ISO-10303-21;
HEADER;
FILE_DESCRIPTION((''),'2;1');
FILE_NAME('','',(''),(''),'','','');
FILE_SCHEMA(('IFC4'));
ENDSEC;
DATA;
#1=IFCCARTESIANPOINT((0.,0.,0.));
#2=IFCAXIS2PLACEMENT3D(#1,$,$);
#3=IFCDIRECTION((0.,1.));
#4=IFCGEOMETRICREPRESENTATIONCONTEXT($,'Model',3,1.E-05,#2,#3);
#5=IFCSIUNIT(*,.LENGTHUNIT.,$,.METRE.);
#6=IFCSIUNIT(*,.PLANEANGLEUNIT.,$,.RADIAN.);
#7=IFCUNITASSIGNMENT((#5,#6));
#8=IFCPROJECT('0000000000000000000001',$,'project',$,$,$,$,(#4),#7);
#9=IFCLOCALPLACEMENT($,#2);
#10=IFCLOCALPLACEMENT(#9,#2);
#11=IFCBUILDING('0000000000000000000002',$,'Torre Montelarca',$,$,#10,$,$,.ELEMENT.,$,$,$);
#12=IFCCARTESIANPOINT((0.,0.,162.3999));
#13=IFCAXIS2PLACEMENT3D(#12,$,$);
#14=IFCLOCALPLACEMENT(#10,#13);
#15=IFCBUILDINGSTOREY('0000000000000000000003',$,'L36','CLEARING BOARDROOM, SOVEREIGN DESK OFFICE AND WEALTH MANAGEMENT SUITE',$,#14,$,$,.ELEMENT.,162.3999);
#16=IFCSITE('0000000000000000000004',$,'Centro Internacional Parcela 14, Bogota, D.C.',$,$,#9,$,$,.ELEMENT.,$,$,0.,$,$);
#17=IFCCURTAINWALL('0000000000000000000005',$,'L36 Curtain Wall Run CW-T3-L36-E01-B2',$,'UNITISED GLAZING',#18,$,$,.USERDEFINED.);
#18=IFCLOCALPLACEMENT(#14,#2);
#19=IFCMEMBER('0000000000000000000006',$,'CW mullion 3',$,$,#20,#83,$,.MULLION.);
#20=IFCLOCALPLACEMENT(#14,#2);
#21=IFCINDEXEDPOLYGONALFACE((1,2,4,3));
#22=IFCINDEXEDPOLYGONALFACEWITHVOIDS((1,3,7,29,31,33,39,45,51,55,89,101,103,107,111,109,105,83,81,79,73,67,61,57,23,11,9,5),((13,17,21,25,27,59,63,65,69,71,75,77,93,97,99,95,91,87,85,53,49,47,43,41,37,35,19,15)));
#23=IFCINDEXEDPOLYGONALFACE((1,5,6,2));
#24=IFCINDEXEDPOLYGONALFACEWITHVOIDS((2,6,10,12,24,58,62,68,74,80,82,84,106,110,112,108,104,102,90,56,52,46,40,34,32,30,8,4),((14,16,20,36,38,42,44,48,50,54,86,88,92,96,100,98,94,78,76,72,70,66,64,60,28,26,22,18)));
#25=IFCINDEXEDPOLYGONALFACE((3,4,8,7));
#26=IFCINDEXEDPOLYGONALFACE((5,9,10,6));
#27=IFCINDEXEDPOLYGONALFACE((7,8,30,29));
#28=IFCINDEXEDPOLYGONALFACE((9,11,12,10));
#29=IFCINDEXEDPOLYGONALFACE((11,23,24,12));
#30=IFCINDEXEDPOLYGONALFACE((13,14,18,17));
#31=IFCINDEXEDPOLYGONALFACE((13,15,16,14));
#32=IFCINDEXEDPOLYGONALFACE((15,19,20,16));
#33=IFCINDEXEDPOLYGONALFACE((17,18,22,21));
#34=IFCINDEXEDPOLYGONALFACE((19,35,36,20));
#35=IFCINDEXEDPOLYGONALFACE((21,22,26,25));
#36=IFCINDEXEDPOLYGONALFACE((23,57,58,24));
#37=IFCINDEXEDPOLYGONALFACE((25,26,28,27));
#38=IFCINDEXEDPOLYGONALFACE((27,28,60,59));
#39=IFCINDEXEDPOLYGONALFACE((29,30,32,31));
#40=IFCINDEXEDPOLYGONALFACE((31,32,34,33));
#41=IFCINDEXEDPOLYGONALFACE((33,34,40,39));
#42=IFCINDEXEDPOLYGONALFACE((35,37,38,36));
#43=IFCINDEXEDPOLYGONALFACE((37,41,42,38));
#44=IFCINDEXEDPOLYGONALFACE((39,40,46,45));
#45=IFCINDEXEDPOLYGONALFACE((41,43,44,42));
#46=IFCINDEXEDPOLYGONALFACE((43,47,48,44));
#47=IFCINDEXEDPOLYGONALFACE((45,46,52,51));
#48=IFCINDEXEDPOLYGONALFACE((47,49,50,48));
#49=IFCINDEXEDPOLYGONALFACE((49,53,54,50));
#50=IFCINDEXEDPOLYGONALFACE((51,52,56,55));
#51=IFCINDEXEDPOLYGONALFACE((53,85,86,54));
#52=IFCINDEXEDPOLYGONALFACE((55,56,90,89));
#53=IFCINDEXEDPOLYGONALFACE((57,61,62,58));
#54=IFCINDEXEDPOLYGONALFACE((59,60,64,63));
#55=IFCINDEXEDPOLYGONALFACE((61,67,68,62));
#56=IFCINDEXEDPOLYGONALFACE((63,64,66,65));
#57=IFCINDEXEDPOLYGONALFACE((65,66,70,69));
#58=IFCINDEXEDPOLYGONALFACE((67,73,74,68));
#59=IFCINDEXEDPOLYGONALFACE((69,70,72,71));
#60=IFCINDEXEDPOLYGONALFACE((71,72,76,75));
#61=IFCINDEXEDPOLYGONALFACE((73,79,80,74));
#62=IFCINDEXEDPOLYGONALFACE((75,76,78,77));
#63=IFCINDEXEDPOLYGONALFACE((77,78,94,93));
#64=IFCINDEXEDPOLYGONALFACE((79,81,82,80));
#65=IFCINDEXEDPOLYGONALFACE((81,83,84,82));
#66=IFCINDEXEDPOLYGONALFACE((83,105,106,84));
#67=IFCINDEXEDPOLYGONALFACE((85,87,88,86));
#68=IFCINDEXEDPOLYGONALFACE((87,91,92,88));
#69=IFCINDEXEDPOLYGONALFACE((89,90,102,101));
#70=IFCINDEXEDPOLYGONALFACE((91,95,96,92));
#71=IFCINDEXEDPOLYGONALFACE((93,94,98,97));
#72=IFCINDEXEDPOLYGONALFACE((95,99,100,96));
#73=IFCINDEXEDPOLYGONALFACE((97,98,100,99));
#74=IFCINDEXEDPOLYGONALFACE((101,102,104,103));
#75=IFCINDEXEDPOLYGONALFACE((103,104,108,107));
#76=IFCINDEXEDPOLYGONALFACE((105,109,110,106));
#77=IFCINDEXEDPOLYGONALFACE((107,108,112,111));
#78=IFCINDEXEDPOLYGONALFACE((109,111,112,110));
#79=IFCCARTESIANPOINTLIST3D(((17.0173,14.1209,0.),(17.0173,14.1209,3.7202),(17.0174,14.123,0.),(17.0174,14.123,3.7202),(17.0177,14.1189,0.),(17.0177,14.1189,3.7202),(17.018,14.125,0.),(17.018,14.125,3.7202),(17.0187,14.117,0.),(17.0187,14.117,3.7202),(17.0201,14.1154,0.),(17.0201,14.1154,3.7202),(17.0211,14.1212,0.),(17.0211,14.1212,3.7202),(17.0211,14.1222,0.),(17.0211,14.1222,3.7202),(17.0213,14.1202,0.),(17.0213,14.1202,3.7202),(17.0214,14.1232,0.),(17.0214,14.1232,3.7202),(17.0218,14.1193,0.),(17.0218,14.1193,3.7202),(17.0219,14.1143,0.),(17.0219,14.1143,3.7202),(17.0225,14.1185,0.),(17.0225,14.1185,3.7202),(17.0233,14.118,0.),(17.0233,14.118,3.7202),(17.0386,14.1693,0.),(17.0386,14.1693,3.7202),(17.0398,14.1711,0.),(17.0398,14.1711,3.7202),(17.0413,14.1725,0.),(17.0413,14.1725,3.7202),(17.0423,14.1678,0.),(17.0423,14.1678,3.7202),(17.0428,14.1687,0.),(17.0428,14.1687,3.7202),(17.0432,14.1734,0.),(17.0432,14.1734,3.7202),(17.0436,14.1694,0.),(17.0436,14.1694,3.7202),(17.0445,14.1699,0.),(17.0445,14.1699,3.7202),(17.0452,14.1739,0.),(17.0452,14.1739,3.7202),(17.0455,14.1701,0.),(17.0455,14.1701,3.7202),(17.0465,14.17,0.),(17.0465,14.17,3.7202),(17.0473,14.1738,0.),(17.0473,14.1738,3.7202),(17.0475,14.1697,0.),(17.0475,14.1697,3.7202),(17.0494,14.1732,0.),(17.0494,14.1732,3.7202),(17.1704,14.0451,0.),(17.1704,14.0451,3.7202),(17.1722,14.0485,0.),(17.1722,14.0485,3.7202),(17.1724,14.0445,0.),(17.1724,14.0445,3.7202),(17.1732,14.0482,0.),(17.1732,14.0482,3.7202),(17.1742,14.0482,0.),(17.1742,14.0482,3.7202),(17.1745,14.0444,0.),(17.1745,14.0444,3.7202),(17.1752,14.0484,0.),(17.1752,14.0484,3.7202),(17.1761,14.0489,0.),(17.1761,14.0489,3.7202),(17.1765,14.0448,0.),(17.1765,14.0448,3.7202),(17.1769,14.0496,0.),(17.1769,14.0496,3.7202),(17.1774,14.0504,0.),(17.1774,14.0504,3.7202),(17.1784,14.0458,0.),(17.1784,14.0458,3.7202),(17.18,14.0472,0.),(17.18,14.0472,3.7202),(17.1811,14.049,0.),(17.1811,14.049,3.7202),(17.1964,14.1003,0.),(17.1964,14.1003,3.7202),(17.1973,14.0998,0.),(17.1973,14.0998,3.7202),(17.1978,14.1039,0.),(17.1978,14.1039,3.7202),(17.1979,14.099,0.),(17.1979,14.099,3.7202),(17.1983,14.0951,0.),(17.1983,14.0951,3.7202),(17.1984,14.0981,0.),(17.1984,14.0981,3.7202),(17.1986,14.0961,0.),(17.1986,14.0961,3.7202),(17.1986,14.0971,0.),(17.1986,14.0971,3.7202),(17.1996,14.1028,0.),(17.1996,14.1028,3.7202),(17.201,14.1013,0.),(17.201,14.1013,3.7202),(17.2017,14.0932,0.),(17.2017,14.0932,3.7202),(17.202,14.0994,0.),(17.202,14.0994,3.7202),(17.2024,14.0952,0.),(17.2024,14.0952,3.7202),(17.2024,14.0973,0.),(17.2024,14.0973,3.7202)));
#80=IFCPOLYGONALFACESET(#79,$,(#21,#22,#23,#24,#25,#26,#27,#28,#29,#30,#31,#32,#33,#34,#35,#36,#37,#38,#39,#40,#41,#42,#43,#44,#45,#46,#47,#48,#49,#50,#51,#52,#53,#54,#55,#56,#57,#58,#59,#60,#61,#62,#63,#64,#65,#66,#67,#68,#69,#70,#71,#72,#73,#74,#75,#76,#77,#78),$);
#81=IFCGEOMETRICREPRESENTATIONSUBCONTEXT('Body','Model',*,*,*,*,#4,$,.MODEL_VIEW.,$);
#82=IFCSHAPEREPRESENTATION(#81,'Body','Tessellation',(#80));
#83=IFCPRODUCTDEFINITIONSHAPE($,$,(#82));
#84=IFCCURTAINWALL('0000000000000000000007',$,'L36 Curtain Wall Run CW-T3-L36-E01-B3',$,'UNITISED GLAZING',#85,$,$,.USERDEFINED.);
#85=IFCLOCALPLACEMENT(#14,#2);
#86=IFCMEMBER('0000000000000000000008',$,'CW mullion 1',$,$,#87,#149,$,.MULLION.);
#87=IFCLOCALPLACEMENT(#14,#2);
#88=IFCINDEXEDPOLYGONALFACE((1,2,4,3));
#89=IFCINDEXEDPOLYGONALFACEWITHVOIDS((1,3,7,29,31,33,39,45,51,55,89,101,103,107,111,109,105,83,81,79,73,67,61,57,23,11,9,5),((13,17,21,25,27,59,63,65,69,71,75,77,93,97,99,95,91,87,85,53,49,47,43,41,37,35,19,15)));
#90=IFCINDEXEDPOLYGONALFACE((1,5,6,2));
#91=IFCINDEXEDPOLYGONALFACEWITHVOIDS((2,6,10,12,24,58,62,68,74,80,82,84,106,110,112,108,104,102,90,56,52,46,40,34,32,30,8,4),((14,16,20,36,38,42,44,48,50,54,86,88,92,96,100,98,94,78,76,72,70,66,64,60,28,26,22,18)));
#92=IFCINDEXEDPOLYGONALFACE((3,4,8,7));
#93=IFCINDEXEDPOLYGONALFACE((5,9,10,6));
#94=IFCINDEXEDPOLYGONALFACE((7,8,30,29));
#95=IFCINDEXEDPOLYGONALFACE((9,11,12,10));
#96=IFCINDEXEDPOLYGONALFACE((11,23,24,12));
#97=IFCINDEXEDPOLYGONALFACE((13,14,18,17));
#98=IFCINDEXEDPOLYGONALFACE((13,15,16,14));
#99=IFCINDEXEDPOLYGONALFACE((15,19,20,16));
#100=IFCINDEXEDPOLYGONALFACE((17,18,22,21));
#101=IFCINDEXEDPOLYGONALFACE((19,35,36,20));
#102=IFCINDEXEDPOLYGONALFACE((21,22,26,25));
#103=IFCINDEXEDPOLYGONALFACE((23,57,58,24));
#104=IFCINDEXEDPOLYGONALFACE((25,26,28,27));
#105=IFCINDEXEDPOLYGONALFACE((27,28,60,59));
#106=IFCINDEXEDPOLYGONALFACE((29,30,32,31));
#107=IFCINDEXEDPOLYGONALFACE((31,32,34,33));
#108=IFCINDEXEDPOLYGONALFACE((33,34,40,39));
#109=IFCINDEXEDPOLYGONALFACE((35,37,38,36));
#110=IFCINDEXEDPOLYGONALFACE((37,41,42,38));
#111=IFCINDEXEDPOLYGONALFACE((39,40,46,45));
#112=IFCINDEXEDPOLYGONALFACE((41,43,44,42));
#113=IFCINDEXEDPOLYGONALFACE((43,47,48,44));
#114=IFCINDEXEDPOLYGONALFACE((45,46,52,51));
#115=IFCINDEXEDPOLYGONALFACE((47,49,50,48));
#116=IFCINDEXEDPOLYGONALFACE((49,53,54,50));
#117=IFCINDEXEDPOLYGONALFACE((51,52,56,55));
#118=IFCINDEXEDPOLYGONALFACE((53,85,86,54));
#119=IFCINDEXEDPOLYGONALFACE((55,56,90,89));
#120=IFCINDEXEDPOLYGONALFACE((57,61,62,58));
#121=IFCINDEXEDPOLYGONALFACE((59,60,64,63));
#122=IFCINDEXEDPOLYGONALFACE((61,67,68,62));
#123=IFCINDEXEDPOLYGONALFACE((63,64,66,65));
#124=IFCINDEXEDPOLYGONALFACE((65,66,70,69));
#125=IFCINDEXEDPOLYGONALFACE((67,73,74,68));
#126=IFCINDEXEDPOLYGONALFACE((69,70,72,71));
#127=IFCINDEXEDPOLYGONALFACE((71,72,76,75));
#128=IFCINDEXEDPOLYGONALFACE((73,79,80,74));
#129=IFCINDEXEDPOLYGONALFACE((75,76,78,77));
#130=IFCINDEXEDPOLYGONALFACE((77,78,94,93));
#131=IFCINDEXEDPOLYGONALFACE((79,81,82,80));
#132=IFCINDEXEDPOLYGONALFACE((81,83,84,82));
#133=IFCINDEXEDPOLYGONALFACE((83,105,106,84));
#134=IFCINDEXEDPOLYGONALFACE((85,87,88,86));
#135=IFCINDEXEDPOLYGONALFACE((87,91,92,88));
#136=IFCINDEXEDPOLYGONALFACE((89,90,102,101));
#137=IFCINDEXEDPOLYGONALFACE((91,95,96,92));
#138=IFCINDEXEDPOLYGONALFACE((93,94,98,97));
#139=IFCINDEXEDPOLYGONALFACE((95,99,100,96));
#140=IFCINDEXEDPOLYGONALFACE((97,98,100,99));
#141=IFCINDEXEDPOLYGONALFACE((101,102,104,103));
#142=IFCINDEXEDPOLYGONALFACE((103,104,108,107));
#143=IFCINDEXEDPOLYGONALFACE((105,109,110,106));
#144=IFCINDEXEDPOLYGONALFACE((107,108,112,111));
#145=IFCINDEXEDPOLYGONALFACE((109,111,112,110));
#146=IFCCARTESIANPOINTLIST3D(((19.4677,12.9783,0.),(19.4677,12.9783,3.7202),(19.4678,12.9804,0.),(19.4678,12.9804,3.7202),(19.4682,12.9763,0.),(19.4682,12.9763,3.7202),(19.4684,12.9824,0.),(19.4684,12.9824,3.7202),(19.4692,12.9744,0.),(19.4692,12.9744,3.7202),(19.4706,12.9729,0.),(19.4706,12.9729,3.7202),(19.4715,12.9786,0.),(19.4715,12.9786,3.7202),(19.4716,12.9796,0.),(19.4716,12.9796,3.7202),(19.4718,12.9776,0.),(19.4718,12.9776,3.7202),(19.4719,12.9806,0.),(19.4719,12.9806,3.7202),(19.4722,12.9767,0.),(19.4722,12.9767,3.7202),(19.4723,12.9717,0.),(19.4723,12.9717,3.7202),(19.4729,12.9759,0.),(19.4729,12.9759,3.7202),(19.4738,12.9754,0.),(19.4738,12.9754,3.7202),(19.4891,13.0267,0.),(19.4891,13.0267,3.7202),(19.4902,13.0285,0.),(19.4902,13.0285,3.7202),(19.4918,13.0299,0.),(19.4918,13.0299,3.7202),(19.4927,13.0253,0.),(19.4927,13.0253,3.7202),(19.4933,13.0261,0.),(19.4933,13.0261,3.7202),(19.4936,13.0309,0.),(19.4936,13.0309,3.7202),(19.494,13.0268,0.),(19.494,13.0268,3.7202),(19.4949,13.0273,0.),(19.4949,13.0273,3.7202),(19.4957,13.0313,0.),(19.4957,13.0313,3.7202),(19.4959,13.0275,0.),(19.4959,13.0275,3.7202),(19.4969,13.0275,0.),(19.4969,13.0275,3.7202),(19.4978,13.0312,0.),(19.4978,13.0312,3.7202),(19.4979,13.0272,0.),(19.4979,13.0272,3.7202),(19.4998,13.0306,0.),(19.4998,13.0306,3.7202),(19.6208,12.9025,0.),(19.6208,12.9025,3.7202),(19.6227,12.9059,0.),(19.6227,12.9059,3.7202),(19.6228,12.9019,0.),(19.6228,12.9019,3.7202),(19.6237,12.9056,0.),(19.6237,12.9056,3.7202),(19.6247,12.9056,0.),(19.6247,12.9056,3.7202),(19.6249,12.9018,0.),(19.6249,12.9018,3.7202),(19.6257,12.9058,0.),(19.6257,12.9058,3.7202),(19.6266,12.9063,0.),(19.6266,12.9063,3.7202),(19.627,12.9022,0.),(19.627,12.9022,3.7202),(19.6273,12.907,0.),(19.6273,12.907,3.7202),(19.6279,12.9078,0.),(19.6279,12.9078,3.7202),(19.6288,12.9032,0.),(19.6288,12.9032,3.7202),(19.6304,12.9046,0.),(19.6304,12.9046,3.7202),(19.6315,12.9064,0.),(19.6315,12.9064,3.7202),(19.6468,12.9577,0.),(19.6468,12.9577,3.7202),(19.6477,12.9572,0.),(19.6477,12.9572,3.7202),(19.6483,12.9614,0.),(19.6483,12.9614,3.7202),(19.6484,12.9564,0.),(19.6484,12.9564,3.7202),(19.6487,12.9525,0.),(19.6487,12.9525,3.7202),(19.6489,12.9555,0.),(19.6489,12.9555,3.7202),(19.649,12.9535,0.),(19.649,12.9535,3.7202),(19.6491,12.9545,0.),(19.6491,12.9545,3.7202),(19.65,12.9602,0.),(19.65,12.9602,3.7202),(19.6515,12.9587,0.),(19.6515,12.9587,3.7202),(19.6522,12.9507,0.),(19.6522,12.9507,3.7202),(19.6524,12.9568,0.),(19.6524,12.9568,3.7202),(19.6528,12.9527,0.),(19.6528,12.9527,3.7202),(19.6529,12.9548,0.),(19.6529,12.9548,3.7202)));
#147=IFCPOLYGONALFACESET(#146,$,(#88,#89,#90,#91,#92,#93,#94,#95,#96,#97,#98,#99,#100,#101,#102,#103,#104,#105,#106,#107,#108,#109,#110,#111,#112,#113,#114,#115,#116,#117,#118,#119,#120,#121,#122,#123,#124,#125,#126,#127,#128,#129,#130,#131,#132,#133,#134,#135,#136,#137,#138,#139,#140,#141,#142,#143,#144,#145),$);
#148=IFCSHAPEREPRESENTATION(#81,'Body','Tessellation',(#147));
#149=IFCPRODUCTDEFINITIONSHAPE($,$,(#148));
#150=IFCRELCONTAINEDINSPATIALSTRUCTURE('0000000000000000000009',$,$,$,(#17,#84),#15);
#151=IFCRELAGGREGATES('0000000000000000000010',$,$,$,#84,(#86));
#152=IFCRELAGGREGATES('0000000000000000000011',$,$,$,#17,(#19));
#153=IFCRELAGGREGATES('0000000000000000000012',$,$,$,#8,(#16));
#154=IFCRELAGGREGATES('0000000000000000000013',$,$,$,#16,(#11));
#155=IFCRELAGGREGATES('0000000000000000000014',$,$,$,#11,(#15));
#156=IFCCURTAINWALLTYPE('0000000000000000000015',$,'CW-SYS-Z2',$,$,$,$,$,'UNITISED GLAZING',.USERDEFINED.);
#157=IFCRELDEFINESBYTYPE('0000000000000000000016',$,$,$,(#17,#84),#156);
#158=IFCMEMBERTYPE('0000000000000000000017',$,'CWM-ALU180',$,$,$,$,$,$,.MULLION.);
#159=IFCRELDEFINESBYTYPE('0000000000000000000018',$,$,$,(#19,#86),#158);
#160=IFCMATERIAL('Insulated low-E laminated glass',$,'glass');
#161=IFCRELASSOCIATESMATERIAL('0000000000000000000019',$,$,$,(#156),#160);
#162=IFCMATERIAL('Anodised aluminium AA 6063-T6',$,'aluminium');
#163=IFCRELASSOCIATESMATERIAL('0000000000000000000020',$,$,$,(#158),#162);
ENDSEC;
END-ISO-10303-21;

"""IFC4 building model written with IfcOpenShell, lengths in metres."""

from ifc_helpers import new_model, si_unit, direction, frame, origin, origin_2d, place, context, subcontext, project, spatial, hollow_rectangle, extrude, source, transform, mapped, material, material_profile, profile_set, type_object, element, aggregate, save


model = new_model("IFC4")

# Units and contexts
model_context = context("Model", 3, precision=1e-05, world=origin(), true_north=direction((0.0, 1.0)))
body_context = subcontext(model_context, "Body", "Model", "MODEL_VIEW")
ifc_project = project(units=[si_unit("LENGTHUNIT", "METRE"), si_unit("PLANEANGLEUNIT", "RADIAN")], contexts=[model_context])

# Site, building, storey
site_placement = place(None, origin())
site = spatial("IfcSite", under=ifc_project, at=site_placement, Name="Centro Internacional Parcela 14, Bogota, D.C.", CompositionType="ELEMENT", RefElevation=0.0)
building_placement = place(site_placement, origin())
building = spatial("IfcBuilding", under=site, at=building_placement, Name="Torre Montelarca", CompositionType="ELEMENT")
storey_placement = place(building_placement, frame((0.0, 0.0, 162.3999)))
storey = spatial("IfcBuildingStorey", under=building, at=storey_placement, Name="L36", Description="CLEARING BOARDROOM, SOVEREIGN DESK OFFICE AND WEALTH MANAGEMENT SUITE", CompositionType="ELEMENT", Elevation=162.3999)

# Curtain walls, members
ifc_material_1 = material(Name="Insulated low-E laminated glass", Category="glass")
curtain_wall_type = type_object("IfcCurtainWallType", Name="CW-SYS-Z2", ElementType="UNITISED GLAZING", PredefinedType="USERDEFINED", material=ifc_material_1)
ifc_material_2 = material(Name="Anodised aluminium AA 6063-T6", Category="aluminium")
ifc_material_profile_1 = material_profile(ifc_material_2, hollow_rectangle(XDim=0.0649, YDim=0.1799, WallThickness=0.0039, InnerFilletRadius=0.0039, OuterFilletRadius=0.0081, at=origin_2d()), Name="ALU65X180X4", Category="aluminium")
ifc_profile_set_1 = profile_set([ifc_material_profile_1], Name="Anodised aluminium AA 6063-T6")
member_type_1 = type_object("IfcMemberType", Name="CWM-ALU180", PredefinedType="MULLION", material=ifc_profile_set_1)
shared_shape_1 = source(origin(), body_context, "Body", "SweptSolid", [
    extrude(hollow_rectangle(XDim=0.0649, YDim=0.1799, WallThickness=0.0039, InnerFilletRadius=0.0039, OuterFilletRadius=0.0081, at=origin_2d()), origin(), (0.0, 0.0, 1.0), 3.7202),
])
curtain_wall_1_placement = place(storey_placement, origin())
curtain_wall_1 = element("IfcCurtainWall", 1, at=curtain_wall_1_placement, inside=storey, type_object=curtain_wall_type, Name="L36 Curtain Wall Run CW-T3-L36-E01-B2", ObjectType="UNITISED GLAZING", PredefinedType="USERDEFINED")
member_1_placement = place(storey_placement, frame((17.1099, 14.1091, 0.0), z_axis=(0.0, 0.0, 1.0), x_axis=(0.42262, 0.906307, 0.0)))
member_1 = element("IfcMember", 2, at=member_1_placement, type_object=member_type_1, Name="CW mullion 3", PredefinedType="MULLION", context=body_context, shape_type="MappedRepresentation", body=[
    mapped(shared_shape_1, transform((0.0, 0.0, 0.0), scale=1.0)),
])
curtain_wall_2_placement = place(storey_placement, origin())
curtain_wall_2 = element("IfcCurtainWall", 3, at=curtain_wall_2_placement, inside=storey, type_object=curtain_wall_type, Name="L36 Curtain Wall Run CW-T3-L36-E01-B3", ObjectType="UNITISED GLAZING", PredefinedType="USERDEFINED")
member_2_placement = place(storey_placement, frame((19.5603, 12.9666, 0.0), z_axis=(0.0, 0.0, 1.0), x_axis=(0.422603, 0.906315, 0.0)))
member_2 = element("IfcMember", 4, at=member_2_placement, type_object=member_type_1, Name="CW mullion 1", PredefinedType="MULLION", context=body_context, shape_type="MappedRepresentation", body=[
    mapped(shared_shape_1, transform((0.0, 0.0, 0.0), scale=1.0)),
])

aggregate(curtain_wall_2, [member_2])
aggregate(curtain_wall_1, [member_1])

save(model, "model.ifc")
